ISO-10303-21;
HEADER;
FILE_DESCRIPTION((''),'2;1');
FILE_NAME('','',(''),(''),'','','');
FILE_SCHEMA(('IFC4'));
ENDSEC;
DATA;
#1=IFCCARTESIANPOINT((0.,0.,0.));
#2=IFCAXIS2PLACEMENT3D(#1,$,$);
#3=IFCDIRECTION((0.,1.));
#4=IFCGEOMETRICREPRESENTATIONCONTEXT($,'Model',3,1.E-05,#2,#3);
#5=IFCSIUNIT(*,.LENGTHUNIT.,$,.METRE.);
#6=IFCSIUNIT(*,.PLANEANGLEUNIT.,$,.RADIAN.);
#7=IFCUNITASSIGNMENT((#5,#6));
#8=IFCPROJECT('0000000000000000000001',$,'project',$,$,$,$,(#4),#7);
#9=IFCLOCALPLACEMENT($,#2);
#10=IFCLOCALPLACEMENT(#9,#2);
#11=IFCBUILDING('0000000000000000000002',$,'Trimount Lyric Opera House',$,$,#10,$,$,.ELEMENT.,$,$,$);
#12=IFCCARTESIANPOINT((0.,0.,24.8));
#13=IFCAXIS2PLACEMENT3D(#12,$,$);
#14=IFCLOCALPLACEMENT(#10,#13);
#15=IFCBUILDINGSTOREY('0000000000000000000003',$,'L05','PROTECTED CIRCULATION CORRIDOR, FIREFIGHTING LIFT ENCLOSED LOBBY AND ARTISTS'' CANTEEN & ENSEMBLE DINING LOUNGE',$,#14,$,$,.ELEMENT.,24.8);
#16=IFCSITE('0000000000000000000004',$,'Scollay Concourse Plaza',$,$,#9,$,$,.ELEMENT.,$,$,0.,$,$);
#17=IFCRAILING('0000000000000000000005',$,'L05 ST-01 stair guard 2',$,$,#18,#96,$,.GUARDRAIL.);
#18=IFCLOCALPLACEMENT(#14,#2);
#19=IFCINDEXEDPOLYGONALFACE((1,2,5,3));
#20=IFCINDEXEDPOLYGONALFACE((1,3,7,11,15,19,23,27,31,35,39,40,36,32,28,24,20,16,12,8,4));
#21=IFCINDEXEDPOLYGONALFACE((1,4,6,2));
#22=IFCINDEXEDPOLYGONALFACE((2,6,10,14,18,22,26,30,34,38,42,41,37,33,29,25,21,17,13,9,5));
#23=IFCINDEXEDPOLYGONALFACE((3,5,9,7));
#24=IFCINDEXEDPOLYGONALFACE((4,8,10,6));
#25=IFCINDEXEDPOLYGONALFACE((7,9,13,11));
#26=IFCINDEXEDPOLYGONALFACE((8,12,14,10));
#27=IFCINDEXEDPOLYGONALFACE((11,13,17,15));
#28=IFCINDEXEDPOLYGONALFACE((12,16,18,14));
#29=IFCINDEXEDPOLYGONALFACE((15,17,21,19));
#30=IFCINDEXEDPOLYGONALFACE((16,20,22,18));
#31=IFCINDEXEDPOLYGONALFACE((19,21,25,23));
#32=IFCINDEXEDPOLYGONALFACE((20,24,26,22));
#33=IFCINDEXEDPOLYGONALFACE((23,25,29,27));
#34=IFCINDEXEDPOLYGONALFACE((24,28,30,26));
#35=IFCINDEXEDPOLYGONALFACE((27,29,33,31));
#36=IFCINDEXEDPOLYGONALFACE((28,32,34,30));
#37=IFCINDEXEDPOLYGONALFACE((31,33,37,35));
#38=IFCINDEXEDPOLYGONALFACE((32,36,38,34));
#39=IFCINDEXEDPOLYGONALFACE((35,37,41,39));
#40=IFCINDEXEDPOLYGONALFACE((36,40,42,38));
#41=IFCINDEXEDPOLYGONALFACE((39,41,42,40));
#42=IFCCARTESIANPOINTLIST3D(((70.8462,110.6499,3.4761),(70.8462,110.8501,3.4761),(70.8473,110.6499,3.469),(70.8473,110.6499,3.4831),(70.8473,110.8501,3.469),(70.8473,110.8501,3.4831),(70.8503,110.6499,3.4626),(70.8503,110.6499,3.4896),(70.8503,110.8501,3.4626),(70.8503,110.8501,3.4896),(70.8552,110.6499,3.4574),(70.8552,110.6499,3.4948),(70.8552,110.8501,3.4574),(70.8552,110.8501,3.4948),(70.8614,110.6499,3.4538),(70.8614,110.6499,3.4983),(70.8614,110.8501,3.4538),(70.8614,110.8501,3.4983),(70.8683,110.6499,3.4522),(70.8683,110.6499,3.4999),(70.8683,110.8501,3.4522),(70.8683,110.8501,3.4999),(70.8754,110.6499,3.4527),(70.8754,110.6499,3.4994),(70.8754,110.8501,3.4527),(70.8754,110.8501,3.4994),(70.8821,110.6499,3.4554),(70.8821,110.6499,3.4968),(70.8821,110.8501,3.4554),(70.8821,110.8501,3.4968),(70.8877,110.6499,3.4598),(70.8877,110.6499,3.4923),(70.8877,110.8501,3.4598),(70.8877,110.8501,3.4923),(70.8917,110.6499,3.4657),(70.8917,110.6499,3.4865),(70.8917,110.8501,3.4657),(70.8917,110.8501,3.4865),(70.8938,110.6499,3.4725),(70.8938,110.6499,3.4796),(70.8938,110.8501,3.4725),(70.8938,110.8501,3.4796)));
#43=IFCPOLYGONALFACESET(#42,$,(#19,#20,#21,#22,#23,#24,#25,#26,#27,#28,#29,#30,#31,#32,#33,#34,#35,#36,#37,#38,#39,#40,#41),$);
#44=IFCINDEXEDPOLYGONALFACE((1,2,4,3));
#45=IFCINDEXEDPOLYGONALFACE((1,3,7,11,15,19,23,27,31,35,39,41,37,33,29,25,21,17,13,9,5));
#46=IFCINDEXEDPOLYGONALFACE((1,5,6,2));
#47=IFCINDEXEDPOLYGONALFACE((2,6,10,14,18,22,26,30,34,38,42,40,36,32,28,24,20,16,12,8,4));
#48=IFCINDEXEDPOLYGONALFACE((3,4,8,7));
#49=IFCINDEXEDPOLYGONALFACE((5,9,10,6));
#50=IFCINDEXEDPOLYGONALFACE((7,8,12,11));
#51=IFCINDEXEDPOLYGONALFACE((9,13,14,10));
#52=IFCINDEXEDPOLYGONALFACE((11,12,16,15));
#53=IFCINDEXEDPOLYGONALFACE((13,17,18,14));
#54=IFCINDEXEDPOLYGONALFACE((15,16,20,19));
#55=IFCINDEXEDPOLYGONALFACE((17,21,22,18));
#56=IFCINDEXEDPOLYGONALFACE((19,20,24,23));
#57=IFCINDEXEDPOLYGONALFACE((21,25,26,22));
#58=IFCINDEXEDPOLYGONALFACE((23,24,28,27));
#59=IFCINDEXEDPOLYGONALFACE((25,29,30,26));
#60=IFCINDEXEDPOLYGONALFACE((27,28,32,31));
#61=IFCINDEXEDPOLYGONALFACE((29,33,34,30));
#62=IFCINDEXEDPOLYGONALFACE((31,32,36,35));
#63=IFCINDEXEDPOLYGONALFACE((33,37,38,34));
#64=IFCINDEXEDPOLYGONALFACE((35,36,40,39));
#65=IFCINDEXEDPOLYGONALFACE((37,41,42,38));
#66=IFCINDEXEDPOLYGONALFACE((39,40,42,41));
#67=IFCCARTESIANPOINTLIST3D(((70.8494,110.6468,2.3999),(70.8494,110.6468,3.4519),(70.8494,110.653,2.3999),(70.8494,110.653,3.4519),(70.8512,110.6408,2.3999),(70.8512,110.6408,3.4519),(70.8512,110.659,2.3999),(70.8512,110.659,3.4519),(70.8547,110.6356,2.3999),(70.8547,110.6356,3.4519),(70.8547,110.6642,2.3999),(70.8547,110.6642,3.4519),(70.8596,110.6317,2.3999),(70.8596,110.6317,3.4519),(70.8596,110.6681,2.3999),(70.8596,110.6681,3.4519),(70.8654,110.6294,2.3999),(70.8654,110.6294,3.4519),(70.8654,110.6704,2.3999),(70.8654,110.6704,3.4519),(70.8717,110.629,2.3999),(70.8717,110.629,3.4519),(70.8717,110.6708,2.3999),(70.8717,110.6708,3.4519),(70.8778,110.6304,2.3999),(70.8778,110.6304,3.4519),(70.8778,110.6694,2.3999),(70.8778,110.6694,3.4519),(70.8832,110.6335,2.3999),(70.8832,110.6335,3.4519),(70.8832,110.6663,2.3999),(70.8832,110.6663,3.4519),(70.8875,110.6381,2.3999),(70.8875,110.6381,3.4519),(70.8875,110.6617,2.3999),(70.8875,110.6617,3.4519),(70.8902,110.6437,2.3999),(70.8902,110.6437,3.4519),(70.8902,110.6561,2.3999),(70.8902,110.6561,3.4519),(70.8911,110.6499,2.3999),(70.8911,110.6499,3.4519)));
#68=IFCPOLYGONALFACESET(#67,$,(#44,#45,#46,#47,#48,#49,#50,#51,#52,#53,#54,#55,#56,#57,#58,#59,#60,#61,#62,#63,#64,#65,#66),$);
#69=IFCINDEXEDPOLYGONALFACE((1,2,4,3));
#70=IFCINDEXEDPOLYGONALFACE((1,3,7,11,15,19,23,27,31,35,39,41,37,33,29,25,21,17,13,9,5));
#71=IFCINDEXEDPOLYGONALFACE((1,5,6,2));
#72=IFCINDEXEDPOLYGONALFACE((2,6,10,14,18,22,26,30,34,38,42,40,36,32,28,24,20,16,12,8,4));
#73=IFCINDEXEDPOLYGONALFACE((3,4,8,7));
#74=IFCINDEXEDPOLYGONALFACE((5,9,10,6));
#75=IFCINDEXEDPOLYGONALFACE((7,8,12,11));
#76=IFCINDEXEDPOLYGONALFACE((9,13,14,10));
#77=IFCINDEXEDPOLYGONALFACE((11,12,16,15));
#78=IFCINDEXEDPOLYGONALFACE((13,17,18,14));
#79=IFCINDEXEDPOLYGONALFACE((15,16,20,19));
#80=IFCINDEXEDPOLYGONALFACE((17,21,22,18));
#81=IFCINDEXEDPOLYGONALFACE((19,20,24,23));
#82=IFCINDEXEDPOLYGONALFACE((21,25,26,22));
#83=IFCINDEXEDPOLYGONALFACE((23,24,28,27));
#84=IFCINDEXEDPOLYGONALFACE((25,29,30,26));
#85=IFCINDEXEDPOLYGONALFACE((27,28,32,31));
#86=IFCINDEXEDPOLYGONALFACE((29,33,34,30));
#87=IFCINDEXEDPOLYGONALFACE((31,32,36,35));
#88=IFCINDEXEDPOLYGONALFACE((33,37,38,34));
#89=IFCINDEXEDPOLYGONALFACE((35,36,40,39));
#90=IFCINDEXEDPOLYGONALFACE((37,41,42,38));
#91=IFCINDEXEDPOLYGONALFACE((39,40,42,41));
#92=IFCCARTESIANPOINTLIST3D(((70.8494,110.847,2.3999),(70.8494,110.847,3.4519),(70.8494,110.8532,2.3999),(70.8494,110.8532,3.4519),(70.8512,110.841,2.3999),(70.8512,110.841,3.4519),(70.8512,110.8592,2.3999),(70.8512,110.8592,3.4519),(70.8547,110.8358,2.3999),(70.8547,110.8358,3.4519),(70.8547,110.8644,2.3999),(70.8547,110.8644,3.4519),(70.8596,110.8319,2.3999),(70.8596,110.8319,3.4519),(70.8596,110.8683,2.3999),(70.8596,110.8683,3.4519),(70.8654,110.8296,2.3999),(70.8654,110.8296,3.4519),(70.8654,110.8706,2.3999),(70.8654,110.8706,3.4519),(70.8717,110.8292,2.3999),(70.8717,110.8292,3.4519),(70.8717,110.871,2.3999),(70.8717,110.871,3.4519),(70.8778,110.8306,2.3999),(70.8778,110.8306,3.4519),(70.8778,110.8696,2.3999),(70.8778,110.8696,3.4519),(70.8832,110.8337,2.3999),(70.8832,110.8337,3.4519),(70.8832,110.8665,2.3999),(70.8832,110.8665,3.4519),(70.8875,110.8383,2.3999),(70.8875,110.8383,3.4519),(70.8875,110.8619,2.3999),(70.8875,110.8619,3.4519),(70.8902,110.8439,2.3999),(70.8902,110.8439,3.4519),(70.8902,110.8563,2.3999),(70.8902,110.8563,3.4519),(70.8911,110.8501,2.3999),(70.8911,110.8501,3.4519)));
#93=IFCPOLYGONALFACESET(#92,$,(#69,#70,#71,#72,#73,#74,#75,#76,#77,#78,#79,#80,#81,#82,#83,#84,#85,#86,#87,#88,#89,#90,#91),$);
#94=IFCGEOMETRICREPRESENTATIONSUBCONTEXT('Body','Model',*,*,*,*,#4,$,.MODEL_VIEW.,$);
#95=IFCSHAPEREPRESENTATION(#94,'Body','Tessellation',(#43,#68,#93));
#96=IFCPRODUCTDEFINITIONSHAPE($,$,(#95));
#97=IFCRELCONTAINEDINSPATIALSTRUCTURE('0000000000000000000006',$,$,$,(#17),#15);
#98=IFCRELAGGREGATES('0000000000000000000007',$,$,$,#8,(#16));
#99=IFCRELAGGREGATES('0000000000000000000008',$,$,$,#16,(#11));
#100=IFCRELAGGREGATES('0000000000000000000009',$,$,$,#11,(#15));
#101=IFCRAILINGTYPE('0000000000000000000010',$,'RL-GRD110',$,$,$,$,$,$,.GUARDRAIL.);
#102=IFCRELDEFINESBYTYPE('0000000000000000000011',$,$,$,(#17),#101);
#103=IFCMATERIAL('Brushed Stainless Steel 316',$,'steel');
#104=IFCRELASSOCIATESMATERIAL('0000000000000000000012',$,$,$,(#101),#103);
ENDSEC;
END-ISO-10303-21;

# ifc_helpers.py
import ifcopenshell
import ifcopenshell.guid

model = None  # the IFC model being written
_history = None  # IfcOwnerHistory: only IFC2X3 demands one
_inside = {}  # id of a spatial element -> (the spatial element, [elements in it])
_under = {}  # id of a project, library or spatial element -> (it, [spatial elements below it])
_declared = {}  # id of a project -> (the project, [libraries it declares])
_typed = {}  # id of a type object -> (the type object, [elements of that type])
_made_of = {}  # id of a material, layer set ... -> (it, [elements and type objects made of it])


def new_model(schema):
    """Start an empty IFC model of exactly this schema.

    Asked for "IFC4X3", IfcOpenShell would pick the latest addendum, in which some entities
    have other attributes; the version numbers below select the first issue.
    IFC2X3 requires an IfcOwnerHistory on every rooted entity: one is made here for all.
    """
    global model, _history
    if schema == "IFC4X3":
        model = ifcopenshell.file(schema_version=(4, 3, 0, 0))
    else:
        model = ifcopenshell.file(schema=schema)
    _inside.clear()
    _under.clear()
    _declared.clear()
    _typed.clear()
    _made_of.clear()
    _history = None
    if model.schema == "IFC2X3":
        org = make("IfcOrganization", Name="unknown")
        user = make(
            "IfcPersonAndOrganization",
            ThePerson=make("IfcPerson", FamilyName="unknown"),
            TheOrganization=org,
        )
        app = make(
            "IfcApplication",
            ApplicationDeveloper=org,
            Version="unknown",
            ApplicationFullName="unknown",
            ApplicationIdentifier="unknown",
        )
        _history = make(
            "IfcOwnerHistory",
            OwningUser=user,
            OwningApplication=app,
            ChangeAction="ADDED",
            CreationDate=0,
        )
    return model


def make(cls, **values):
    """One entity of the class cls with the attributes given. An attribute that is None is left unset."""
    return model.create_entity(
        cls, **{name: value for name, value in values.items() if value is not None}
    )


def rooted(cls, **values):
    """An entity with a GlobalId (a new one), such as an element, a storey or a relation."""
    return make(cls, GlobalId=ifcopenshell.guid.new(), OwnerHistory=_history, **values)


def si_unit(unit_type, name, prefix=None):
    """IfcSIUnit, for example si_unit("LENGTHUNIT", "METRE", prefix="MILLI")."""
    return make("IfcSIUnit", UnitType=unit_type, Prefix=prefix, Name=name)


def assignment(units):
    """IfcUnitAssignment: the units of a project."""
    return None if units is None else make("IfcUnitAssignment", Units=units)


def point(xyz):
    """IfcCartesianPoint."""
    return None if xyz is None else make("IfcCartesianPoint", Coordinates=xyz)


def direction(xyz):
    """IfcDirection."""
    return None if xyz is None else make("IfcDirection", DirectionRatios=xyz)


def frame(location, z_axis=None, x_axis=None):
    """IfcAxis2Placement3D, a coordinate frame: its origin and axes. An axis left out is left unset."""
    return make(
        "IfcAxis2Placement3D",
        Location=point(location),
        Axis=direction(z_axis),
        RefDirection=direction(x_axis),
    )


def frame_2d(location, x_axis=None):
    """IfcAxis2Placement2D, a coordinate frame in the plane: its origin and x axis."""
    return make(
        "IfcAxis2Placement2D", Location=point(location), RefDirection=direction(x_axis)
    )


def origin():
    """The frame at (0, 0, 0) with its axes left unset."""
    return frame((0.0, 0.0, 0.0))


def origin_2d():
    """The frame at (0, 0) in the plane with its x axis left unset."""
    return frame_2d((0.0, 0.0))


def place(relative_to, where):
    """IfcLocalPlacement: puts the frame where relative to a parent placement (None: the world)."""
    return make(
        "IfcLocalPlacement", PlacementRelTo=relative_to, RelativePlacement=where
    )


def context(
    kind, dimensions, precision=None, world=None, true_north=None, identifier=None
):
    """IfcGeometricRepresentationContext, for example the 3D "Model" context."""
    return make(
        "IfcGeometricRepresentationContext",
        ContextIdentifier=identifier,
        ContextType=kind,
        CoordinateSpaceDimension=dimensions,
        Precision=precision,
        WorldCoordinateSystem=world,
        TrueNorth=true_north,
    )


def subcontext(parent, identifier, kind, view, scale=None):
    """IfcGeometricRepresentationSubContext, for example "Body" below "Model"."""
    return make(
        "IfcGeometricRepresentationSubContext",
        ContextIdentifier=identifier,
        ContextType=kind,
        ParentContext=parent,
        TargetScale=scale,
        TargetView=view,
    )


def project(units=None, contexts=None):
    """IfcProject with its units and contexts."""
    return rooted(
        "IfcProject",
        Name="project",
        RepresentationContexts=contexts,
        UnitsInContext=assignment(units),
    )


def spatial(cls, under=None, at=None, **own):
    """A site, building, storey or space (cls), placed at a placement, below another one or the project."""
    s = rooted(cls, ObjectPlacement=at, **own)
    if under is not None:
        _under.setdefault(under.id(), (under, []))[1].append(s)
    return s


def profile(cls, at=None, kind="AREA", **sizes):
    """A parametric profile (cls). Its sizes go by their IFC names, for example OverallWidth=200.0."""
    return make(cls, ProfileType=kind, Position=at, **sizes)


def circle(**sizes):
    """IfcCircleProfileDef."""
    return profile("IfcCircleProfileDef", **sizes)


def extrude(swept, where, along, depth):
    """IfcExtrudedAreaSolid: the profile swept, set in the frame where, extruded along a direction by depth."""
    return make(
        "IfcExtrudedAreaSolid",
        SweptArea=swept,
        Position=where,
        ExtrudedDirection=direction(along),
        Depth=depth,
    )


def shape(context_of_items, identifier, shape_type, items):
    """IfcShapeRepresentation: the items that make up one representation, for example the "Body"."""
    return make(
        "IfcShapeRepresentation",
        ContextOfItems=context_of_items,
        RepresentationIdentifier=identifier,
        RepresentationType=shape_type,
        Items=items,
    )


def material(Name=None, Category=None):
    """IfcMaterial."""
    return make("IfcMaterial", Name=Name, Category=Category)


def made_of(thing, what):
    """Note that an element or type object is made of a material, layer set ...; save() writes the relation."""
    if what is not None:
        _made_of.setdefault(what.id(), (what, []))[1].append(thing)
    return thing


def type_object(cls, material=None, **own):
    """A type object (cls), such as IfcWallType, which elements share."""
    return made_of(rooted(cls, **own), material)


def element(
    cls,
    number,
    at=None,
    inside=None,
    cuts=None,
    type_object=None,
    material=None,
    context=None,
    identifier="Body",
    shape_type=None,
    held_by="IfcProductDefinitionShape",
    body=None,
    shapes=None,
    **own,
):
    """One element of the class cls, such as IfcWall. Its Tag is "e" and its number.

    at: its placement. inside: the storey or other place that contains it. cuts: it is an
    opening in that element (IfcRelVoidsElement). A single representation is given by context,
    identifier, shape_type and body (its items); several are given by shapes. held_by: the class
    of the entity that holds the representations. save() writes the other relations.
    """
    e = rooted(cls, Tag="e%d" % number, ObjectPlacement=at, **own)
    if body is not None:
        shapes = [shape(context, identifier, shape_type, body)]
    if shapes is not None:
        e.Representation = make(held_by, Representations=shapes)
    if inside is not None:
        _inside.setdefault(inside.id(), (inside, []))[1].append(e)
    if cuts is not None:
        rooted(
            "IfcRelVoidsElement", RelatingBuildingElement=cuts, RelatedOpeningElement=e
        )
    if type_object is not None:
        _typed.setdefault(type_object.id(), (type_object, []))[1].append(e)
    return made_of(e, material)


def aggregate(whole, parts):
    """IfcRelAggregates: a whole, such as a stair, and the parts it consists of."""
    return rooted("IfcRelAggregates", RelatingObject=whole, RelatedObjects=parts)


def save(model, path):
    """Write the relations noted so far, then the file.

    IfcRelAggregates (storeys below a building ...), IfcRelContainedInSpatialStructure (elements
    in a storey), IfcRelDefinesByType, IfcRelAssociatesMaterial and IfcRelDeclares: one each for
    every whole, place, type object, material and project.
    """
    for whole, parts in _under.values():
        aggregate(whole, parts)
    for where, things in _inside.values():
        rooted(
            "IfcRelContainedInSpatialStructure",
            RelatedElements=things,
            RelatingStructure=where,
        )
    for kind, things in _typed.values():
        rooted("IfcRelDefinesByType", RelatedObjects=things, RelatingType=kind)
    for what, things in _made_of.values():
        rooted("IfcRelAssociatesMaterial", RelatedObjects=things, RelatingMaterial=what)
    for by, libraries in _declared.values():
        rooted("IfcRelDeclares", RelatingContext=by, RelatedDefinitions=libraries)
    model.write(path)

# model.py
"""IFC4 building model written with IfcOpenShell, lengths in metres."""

from ifc_helpers import new_model, si_unit, direction, frame, origin, origin_2d, place, context, subcontext, project, spatial, circle, extrude, material, type_object, element, save


model = new_model("IFC4")

# Units and contexts
model_context = context("Model", 3, precision=1e-05, world=origin(), true_north=direction((0.0, 1.0)))
body_context = subcontext(model_context, "Body", "Model", "MODEL_VIEW")
ifc_project = project(units=[si_unit("LENGTHUNIT", "METRE"), si_unit("PLANEANGLEUNIT", "RADIAN")], contexts=[model_context])

# Site, building, storey
site_placement = place(None, origin())
site = spatial("IfcSite", under=ifc_project, at=site_placement, Name="Scollay Concourse Plaza", CompositionType="ELEMENT", RefElevation=0.0)
building_placement = place(site_placement, origin())
building = spatial("IfcBuilding", under=site, at=building_placement, Name="Trimount Lyric Opera House", CompositionType="ELEMENT")
storey_placement = place(building_placement, frame((0.0, 0.0, 24.8)))
storey = spatial("IfcBuildingStorey", under=building, at=storey_placement, Name="L05", Description="PROTECTED CIRCULATION CORRIDOR, FIREFIGHTING LIFT ENCLOSED LOBBY AND ARTISTS' CANTEEN & ENSEMBLE DINING LOUNGE", CompositionType="ELEMENT", Elevation=24.8)

# Railing
ifc_material_1 = material(Name="Brushed Stainless Steel 316", Category="steel")
railing_type_1 = type_object("IfcRailingType", Name="RL-GRD110", PredefinedType="GUARDRAIL", material=ifc_material_1)
railing_1_placement = place(storey_placement, frame((70.8701, 110.6499, 2.3999)))
element("IfcRailing", 1, at=railing_1_placement, inside=storey, type_object=railing_type_1, Name="L05 ST-01 stair guard 2", PredefinedType="GUARDRAIL", context=body_context, shape_type="SweptSolid", body=[
    extrude(circle(Radius=0.0239, at=origin_2d()), frame((0.0, 0.0, 1.0762), z_axis=(0.0, 1.0, 0.0), x_axis=(-1.0, 0.0, 0.0)), (0.0, 0.0, 1.0), 0.2002),
    extrude(circle(Radius=0.021, at=origin_2d()), origin(), (0.0, 0.0, 1.0), 1.052),
    extrude(circle(Radius=0.021, at=origin_2d()), frame((0.0, 0.2002, 0.0)), (0.0, 0.0, 1.0), 1.052),
])

save(model, "model.ifc")
